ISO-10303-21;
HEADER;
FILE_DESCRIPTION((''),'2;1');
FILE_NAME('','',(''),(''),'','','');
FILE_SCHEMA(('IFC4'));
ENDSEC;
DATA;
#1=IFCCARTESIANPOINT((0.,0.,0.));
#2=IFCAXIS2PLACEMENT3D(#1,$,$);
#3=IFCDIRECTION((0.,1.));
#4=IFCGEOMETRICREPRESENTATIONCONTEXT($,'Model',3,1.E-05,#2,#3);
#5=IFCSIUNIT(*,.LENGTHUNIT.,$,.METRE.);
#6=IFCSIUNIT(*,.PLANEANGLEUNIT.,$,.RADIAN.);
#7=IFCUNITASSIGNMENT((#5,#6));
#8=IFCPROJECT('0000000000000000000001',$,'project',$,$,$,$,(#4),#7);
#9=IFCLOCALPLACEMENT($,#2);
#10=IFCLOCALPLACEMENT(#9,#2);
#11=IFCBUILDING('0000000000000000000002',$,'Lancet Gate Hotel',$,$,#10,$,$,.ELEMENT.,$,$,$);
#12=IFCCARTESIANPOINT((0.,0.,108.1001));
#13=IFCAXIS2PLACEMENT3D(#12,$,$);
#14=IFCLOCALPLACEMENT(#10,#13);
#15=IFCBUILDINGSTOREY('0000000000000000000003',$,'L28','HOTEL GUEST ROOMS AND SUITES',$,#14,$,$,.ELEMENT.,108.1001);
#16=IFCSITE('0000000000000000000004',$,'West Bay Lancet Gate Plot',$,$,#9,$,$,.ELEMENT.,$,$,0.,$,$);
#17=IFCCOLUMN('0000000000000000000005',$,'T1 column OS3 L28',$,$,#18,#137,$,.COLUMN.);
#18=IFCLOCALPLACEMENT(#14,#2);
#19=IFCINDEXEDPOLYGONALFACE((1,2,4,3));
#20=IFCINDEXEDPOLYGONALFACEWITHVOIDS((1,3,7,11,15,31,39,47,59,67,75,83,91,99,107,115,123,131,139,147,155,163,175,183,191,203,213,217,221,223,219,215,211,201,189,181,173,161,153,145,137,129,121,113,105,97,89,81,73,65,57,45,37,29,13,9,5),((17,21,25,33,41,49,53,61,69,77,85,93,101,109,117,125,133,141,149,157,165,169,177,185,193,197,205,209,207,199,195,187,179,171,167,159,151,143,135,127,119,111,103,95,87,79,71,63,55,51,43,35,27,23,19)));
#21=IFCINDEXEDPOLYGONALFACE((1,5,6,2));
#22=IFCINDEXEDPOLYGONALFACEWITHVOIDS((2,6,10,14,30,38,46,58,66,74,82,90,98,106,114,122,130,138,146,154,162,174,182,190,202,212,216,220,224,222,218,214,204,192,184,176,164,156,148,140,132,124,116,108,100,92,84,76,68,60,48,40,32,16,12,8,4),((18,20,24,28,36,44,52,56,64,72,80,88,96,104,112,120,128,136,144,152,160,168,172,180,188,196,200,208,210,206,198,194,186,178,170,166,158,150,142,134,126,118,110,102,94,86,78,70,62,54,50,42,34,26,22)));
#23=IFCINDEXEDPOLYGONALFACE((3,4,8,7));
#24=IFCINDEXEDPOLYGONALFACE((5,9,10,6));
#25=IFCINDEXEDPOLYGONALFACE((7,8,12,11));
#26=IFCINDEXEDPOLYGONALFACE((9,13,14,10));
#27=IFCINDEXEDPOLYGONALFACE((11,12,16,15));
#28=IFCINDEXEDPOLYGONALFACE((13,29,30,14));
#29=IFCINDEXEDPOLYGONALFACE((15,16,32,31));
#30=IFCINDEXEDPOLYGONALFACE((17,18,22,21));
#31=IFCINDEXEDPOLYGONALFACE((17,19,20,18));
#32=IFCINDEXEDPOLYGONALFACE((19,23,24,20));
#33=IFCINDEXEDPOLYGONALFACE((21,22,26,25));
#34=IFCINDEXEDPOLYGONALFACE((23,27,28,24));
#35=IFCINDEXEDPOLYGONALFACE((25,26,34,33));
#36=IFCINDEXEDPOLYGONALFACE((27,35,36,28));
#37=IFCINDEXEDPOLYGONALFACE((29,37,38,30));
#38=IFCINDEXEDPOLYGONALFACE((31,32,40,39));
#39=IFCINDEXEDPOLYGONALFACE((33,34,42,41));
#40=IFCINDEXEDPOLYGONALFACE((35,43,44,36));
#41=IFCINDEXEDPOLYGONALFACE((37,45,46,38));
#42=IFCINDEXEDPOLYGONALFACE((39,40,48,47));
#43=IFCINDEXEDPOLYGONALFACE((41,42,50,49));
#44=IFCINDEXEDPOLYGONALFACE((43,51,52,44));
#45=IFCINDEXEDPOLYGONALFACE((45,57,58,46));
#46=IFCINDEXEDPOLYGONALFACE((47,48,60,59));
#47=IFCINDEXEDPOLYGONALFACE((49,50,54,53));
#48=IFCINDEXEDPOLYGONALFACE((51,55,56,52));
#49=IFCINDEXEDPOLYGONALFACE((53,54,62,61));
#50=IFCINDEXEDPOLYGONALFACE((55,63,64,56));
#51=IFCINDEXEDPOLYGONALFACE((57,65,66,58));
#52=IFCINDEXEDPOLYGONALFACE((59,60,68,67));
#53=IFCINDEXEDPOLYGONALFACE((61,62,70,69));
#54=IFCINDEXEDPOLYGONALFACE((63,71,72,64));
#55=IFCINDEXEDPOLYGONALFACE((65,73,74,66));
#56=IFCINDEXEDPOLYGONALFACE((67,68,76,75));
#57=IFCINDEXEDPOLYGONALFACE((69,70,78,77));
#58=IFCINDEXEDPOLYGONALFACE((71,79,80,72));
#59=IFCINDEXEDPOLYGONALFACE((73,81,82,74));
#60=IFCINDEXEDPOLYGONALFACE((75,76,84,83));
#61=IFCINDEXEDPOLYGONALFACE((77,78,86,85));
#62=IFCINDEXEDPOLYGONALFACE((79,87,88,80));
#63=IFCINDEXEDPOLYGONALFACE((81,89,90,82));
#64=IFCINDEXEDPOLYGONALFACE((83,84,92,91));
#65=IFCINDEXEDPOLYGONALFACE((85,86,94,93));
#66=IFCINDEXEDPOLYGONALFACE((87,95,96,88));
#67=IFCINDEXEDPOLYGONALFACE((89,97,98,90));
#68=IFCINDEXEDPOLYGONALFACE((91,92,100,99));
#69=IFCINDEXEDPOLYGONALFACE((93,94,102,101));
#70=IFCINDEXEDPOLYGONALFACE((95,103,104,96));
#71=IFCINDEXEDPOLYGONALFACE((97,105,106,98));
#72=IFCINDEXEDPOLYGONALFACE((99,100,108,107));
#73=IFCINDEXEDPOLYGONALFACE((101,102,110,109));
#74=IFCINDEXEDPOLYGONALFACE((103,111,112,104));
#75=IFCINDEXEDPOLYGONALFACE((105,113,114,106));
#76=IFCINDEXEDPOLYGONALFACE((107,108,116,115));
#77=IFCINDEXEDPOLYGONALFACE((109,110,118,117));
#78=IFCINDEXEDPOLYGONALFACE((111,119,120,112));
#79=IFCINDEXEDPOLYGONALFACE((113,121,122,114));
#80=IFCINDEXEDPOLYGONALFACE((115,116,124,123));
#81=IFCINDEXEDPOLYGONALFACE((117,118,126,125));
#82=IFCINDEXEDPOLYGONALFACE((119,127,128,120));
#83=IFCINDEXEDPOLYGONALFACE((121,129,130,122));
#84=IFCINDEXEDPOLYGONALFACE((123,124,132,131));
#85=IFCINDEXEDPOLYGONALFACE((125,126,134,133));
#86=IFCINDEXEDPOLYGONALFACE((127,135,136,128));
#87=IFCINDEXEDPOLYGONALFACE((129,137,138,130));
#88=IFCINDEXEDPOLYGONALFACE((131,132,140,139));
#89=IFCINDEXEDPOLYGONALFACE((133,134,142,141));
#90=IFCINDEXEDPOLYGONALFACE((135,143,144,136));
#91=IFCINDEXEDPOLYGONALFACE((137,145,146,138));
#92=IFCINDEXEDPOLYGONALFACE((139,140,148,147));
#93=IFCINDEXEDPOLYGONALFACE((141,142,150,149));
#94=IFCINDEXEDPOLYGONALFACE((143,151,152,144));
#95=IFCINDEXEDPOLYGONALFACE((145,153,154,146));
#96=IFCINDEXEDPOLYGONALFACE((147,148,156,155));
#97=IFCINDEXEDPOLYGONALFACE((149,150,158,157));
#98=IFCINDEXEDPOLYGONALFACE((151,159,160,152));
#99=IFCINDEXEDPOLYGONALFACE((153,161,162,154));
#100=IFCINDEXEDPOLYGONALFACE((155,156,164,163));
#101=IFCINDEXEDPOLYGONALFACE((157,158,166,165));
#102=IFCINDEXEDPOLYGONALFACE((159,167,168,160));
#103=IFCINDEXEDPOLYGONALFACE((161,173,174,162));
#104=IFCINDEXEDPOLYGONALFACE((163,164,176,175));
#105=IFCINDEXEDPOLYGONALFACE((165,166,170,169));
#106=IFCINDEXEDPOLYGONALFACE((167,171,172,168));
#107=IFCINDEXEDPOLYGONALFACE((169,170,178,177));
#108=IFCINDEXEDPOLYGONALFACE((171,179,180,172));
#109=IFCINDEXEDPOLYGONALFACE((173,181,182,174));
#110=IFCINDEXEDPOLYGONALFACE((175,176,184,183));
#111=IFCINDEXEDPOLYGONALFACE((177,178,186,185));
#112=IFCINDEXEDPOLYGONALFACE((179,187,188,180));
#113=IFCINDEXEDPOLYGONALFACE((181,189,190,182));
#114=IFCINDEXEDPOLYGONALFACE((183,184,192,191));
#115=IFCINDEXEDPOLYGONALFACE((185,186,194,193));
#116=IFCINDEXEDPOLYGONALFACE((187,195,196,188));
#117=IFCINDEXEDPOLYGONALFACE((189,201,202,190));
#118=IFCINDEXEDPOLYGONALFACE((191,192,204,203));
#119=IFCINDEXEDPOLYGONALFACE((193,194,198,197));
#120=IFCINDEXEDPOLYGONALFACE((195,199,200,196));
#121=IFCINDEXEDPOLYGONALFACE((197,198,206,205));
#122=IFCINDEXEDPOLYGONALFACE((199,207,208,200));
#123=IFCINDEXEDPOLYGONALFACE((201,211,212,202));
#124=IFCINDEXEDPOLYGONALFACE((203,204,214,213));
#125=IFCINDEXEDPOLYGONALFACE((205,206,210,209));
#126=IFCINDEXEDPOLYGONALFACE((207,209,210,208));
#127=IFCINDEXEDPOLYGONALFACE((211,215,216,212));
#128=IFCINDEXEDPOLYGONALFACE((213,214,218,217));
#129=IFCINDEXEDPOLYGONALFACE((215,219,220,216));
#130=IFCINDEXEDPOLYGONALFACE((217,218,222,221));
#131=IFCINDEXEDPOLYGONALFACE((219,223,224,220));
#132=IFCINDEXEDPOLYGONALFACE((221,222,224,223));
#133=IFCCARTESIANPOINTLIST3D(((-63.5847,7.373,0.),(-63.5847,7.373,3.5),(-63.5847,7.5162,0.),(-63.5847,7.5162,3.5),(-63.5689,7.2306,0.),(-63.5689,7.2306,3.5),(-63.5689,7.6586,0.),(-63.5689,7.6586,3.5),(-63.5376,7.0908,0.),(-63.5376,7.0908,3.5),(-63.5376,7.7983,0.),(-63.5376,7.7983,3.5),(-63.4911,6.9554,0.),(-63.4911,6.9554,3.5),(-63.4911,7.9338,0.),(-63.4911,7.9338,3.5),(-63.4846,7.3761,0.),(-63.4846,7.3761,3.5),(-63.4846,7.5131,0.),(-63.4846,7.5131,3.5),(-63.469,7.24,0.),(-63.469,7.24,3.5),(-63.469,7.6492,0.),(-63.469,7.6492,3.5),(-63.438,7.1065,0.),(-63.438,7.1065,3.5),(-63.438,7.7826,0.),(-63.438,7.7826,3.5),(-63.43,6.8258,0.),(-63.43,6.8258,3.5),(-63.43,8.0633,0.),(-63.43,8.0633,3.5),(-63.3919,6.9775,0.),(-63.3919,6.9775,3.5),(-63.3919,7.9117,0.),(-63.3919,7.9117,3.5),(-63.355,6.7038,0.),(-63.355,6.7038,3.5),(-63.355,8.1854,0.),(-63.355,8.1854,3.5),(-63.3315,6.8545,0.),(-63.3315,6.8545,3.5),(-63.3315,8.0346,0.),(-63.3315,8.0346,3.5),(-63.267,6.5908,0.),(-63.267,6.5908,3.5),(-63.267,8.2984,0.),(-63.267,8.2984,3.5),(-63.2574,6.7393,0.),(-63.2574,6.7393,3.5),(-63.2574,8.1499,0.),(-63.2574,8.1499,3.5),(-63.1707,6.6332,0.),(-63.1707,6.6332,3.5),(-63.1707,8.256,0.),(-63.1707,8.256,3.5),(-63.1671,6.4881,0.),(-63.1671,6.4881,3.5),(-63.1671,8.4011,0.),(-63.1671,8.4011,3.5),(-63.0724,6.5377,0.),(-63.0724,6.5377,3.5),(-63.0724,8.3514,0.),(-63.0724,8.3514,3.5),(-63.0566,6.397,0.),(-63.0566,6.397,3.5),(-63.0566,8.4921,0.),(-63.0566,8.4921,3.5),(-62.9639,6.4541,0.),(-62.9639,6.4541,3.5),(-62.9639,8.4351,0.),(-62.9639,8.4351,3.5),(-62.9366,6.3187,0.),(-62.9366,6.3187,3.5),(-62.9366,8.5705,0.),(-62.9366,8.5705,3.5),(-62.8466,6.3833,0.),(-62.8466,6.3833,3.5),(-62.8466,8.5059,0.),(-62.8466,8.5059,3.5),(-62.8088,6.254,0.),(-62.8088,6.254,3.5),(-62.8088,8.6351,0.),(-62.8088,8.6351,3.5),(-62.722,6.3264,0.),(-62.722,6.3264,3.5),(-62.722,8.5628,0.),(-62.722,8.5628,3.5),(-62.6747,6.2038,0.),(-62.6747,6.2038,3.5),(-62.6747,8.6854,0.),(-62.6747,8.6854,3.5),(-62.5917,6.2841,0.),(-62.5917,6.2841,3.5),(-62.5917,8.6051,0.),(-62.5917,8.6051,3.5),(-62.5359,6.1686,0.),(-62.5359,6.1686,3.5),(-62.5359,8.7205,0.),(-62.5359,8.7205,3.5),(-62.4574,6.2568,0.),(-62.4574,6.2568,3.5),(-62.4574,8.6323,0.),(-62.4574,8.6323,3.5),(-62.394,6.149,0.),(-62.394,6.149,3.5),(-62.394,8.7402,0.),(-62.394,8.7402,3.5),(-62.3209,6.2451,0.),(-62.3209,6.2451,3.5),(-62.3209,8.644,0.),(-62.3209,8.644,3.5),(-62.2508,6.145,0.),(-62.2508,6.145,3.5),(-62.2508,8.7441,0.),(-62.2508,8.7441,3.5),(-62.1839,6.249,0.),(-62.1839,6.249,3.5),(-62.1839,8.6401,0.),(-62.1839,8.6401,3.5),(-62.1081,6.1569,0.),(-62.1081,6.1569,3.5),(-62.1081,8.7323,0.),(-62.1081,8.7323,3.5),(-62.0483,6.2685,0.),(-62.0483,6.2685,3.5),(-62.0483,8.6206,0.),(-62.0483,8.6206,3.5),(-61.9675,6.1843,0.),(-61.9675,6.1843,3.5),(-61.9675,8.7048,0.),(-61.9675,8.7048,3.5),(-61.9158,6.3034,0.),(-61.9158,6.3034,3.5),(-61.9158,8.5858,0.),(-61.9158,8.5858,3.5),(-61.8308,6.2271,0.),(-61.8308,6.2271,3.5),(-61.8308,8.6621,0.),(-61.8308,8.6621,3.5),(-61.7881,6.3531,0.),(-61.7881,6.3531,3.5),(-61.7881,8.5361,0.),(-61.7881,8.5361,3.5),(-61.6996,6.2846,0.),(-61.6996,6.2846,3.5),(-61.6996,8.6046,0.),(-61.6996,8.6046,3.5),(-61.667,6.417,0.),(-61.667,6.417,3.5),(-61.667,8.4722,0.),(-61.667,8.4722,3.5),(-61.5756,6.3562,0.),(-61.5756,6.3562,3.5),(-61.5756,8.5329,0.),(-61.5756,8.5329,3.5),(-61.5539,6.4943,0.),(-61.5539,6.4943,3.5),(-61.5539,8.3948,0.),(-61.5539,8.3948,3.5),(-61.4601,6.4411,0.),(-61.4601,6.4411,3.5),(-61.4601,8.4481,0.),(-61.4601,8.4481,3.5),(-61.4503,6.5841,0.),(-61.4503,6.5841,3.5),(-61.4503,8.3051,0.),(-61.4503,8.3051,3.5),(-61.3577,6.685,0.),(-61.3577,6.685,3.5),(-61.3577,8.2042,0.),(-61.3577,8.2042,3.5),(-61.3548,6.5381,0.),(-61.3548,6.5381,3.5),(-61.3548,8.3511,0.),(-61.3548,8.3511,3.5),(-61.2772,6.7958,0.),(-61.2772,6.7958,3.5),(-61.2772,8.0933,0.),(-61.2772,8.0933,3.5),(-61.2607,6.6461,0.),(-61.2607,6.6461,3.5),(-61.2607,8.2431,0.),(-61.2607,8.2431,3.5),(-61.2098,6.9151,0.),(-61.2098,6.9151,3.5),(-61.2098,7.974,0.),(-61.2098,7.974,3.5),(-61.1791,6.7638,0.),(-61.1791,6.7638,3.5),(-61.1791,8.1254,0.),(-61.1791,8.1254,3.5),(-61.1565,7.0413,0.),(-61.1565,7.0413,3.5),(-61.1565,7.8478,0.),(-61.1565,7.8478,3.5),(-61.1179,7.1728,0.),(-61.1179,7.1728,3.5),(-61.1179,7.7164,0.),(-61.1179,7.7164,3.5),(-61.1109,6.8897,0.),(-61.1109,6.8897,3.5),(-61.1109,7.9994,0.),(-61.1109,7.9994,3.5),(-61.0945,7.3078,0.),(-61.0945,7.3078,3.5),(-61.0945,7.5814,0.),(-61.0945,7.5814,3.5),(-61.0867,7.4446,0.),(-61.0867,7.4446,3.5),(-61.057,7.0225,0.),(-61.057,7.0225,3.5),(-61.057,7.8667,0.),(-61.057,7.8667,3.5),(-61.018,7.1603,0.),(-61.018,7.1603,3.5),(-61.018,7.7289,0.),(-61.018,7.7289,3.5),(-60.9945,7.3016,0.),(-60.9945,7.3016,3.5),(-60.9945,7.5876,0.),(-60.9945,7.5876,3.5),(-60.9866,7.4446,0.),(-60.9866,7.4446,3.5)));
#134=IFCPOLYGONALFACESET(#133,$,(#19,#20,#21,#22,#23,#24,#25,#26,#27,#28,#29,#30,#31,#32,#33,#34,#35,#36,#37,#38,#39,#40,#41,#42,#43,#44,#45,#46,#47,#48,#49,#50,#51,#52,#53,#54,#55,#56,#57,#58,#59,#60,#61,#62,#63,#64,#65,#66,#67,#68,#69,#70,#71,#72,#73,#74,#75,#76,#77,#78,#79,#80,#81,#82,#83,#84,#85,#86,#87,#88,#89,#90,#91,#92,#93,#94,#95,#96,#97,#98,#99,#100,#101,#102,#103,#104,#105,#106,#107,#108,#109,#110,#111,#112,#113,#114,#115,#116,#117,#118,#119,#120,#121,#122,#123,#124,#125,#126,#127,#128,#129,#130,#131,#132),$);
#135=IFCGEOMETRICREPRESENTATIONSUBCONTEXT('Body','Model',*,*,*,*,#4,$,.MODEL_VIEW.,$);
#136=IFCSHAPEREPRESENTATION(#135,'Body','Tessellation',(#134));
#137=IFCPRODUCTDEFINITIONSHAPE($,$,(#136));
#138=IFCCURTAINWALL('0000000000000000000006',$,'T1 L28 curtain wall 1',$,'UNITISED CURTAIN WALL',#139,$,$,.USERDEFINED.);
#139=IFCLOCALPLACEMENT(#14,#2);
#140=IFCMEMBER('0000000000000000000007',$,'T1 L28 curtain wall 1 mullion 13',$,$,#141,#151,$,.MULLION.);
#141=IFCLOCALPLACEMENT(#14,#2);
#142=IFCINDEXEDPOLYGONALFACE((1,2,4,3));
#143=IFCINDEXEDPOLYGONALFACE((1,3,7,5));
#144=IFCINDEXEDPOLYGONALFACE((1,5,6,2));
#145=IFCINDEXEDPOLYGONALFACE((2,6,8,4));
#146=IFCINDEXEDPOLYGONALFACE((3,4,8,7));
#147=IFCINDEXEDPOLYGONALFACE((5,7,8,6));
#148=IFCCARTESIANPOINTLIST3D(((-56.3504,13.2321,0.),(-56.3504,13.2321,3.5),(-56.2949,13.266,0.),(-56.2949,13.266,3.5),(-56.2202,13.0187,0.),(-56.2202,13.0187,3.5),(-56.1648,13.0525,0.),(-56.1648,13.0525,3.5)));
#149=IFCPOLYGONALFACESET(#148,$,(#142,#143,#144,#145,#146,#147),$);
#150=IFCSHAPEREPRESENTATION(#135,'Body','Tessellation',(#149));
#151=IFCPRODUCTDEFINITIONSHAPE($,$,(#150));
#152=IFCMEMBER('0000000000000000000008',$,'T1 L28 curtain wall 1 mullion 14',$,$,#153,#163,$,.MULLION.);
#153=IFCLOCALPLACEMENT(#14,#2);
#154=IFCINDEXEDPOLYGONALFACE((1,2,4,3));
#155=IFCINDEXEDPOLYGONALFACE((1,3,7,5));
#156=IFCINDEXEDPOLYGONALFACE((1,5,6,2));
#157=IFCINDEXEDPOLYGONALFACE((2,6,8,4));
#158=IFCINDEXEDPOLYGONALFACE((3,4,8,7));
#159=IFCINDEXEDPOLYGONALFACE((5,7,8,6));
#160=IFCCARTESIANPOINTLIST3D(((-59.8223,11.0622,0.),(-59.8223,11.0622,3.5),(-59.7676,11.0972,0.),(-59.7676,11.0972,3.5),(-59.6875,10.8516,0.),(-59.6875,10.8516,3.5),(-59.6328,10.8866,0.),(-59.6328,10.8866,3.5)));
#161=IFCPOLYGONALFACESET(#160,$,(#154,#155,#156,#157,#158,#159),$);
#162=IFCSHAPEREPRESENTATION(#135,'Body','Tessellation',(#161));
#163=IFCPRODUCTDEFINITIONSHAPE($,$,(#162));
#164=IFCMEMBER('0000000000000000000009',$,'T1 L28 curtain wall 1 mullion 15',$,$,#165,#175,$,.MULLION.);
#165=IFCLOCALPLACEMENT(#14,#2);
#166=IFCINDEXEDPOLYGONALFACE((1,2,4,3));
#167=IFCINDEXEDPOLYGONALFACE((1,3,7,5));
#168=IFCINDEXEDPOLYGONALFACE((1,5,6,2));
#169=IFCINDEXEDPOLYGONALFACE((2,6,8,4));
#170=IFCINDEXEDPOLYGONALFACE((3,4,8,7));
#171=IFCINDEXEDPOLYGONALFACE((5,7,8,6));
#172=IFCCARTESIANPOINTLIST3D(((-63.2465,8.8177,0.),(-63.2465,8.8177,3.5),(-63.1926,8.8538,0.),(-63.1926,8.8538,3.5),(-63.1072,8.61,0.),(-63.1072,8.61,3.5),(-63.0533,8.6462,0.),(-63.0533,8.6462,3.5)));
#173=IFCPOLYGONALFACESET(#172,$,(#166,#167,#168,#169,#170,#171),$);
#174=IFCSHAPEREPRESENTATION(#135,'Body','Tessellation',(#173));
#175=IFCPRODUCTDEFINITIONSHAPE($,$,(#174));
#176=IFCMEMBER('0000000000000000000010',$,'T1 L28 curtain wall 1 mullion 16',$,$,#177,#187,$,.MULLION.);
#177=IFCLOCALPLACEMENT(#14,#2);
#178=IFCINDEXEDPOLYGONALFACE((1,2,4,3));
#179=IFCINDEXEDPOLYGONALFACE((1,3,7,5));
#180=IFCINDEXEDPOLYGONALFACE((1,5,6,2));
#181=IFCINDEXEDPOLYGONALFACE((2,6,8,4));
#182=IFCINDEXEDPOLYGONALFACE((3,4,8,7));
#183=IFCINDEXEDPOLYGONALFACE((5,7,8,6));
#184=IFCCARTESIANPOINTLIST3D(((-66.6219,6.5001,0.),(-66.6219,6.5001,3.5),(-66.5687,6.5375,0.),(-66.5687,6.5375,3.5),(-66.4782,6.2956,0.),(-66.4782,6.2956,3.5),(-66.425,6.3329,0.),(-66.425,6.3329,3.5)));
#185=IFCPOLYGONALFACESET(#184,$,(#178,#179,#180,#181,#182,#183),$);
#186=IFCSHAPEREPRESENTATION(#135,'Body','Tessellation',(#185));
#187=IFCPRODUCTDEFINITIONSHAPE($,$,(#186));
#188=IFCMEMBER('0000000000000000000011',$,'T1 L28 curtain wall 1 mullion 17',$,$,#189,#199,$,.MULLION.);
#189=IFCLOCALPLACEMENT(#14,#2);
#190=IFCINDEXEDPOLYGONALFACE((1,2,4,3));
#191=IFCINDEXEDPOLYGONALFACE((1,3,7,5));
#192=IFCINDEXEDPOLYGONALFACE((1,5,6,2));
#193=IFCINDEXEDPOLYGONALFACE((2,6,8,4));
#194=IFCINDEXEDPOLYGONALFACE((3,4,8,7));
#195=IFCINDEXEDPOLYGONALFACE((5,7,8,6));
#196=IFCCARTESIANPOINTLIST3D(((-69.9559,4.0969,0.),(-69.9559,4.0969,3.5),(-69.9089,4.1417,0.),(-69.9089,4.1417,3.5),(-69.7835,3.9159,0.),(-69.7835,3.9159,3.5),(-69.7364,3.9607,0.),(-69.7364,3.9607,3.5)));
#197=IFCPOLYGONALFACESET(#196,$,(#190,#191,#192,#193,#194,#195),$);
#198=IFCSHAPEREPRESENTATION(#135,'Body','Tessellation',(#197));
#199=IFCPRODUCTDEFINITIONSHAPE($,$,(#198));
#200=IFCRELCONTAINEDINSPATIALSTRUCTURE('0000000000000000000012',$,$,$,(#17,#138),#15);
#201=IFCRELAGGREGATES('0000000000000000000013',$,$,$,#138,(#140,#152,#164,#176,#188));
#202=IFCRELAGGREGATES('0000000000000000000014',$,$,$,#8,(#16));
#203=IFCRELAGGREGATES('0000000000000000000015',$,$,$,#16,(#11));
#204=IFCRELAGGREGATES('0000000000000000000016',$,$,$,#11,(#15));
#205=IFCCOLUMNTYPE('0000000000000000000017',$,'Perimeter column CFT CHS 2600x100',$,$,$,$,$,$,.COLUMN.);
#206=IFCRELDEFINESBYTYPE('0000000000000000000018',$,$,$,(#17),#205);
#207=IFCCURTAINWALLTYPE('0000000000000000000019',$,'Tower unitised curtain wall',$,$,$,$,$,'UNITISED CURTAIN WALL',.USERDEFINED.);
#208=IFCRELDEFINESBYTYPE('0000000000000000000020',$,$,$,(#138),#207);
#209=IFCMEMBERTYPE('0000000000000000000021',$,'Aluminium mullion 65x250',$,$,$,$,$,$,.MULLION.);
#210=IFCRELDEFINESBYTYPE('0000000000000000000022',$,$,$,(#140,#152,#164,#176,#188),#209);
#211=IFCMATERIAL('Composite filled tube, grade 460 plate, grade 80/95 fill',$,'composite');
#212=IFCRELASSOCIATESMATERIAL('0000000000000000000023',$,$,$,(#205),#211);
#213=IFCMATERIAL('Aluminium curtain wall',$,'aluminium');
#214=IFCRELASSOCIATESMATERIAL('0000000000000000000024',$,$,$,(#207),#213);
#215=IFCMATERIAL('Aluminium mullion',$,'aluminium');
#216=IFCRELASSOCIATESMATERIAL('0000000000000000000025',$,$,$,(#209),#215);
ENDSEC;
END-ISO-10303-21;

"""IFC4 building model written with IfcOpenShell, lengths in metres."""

from ifc_helpers import new_model, si_unit, direction, frame, origin, origin_2d, place, context, subcontext, project, spatial, rectangle, hollow_circle, extrude, material, material_profile, profile_set, type_object, element, aggregate, save


model = new_model("IFC4")

# Units and contexts
model_context = context("Model", 3, precision=1e-05, world=origin(), true_north=direction((0.0, 1.0)))
body_context = subcontext(model_context, "Body", "Model", "MODEL_VIEW")
ifc_project = project(units=[si_unit("LENGTHUNIT", "METRE"), si_unit("PLANEANGLEUNIT", "RADIAN")], contexts=[model_context])

# Site, building, storey
site_placement = place(None, origin())
site = spatial("IfcSite", under=ifc_project, at=site_placement, Name="West Bay Lancet Gate Plot", CompositionType="ELEMENT", RefElevation=0.0)
building_placement = place(site_placement, origin())
building = spatial("IfcBuilding", under=site, at=building_placement, Name="Lancet Gate Hotel", CompositionType="ELEMENT")
storey_placement = place(building_placement, frame((0.0, 0.0, 108.1001)))
storey = spatial("IfcBuildingStorey", under=building, at=storey_placement, Name="L28", Description="HOTEL GUEST ROOMS AND SUITES", CompositionType="ELEMENT", Elevation=108.1001)

# Column
ifc_material_1 = material(Name="Composite filled tube, grade 460 plate, grade 80/95 fill", Category="composite")
ifc_material_profile_1 = material_profile(ifc_material_1, hollow_circle(Radius=1.3, WallThickness=0.1001, at=origin_2d()), Name="CHS 2600x100")
ifc_profile_set_1 = profile_set([ifc_material_profile_1], Name="Composite filled tube, grade 460 plate, grade 80/95 fill")
column_type = type_object("IfcColumnType", Name="Perimeter column CFT CHS 2600x100", PredefinedType="COLUMN", material=ifc_profile_set_1)
column_placement = place(storey_placement, frame((-62.2866, 7.4446, 0.0), z_axis=(0.0, 0.0, 1.0), x_axis=(1.0, 0.0, 0.0)))
element("IfcColumn", 1, at=column_placement, inside=storey, type_object=column_type, Name="T1 column OS3 L28", PredefinedType="COLUMN", context=body_context, shape_type="SweptSolid", body=[
    extrude(hollow_circle(Radius=1.3, WallThickness=0.1001, at=origin_2d()), origin(), (0.0, 0.0, 1.0), 3.5),
])

# Curtain wall, members
ifc_material_2 = material(Name="Aluminium curtain wall", Category="aluminium")
curtain_wall_type = type_object("IfcCurtainWallType", Name="Tower unitised curtain wall", ElementType="UNITISED CURTAIN WALL", PredefinedType="USERDEFINED", material=ifc_material_2)
curtain_wall_placement = place(storey_placement, origin())
curtain_wall = element("IfcCurtainWall", 2, at=curtain_wall_placement, inside=storey, type_object=curtain_wall_type, Name="T1 L28 curtain wall 1", ObjectType="UNITISED CURTAIN WALL", PredefinedType="USERDEFINED")
ifc_material_3 = material(Name="Aluminium mullion", Category="aluminium")
ifc_material_profile_2 = material_profile(ifc_material_3, rectangle(XDim=0.0649, YDim=0.25, at=origin_2d()), Name="MULLION 65x250")
ifc_profile_set_2 = profile_set([ifc_material_profile_2], Name="Aluminium mullion")
member_type_1 = type_object("IfcMemberType", Name="Aluminium mullion 65x250", PredefinedType="MULLION", material=ifc_profile_set_2)
member_1_placement = place(storey_placement, frame((-56.2576, 13.1423, 0.0), z_axis=(0.0, 0.0, 1.0), x_axis=(-0.853716, -0.520739, 0.0)))
member_1 = element("IfcMember", 3, at=member_1_placement, type_object=member_type_1, Name="T1 L28 curtain wall 1 mullion 13", PredefinedType="MULLION", context=body_context, shape_type="SweptSolid", body=[
    extrude(rectangle(XDim=0.0649, YDim=0.25, at=origin_2d()), origin(), (0.0, 0.0, 1.0), 3.5),
])
member_2_placement = place(storey_placement, frame((-59.7275, 10.9744, 0.0), z_axis=(0.0, 0.0, 1.0), x_axis=(-0.842308, -0.538996, 0.0)))
member_2 = element("IfcMember", 4, at=member_2_placement, type_object=member_type_1, Name="T1 L28 curtain wall 1 mullion 14", PredefinedType="MULLION", context=body_context, shape_type="SweptSolid", body=[
    extrude(rectangle(XDim=0.0649, YDim=0.25, at=origin_2d()), origin(), (0.0, 0.0, 1.0), 3.5),
])
member_3_placement = place(storey_placement, frame((-63.1499, 8.7319, 0.0), z_axis=(0.0, 0.0, 1.0), x_axis=(-0.83051, -0.557004, 0.0)))
member_3 = element("IfcMember", 5, at=member_3_placement, type_object=member_type_1, Name="T1 L28 curtain wall 1 mullion 15", PredefinedType="MULLION", context=body_context, shape_type="SweptSolid", body=[
    extrude(rectangle(XDim=0.0649, YDim=0.25, at=origin_2d()), origin(), (0.0, 0.0, 1.0), 3.5),
])
member_4_placement = place(storey_placement, frame((-66.5234, 6.4165, 0.0), z_axis=(0.0, 0.0, 1.0), x_axis=(-0.818327, -0.574753, 0.0)))
member_4 = element("IfcMember", 6, at=member_4_placement, type_object=member_type_1, Name="T1 L28 curtain wall 1 mullion 16", PredefinedType="MULLION", context=body_context, shape_type="SweptSolid", body=[
    extrude(rectangle(XDim=0.0649, YDim=0.25, at=origin_2d()), origin(), (0.0, 0.0, 1.0), 3.5),
])
member_5_placement = place(storey_placement, frame((-69.8462, 4.0288, 0.0), z_axis=(0.0, 0.0, 1.0), x_axis=(-0.723846, -0.689961, 0.0)))
member_5 = element("IfcMember", 7, at=member_5_placement, type_object=member_type_1, Name="T1 L28 curtain wall 1 mullion 17", PredefinedType="MULLION", context=body_context, shape_type="SweptSolid", body=[
    extrude(rectangle(XDim=0.0649, YDim=0.25, at=origin_2d()), origin(), (0.0, 0.0, 1.0), 3.5),
])

aggregate(curtain_wall, [member_1, member_2, member_3, member_4, member_5])

save(model, "model.ifc")
